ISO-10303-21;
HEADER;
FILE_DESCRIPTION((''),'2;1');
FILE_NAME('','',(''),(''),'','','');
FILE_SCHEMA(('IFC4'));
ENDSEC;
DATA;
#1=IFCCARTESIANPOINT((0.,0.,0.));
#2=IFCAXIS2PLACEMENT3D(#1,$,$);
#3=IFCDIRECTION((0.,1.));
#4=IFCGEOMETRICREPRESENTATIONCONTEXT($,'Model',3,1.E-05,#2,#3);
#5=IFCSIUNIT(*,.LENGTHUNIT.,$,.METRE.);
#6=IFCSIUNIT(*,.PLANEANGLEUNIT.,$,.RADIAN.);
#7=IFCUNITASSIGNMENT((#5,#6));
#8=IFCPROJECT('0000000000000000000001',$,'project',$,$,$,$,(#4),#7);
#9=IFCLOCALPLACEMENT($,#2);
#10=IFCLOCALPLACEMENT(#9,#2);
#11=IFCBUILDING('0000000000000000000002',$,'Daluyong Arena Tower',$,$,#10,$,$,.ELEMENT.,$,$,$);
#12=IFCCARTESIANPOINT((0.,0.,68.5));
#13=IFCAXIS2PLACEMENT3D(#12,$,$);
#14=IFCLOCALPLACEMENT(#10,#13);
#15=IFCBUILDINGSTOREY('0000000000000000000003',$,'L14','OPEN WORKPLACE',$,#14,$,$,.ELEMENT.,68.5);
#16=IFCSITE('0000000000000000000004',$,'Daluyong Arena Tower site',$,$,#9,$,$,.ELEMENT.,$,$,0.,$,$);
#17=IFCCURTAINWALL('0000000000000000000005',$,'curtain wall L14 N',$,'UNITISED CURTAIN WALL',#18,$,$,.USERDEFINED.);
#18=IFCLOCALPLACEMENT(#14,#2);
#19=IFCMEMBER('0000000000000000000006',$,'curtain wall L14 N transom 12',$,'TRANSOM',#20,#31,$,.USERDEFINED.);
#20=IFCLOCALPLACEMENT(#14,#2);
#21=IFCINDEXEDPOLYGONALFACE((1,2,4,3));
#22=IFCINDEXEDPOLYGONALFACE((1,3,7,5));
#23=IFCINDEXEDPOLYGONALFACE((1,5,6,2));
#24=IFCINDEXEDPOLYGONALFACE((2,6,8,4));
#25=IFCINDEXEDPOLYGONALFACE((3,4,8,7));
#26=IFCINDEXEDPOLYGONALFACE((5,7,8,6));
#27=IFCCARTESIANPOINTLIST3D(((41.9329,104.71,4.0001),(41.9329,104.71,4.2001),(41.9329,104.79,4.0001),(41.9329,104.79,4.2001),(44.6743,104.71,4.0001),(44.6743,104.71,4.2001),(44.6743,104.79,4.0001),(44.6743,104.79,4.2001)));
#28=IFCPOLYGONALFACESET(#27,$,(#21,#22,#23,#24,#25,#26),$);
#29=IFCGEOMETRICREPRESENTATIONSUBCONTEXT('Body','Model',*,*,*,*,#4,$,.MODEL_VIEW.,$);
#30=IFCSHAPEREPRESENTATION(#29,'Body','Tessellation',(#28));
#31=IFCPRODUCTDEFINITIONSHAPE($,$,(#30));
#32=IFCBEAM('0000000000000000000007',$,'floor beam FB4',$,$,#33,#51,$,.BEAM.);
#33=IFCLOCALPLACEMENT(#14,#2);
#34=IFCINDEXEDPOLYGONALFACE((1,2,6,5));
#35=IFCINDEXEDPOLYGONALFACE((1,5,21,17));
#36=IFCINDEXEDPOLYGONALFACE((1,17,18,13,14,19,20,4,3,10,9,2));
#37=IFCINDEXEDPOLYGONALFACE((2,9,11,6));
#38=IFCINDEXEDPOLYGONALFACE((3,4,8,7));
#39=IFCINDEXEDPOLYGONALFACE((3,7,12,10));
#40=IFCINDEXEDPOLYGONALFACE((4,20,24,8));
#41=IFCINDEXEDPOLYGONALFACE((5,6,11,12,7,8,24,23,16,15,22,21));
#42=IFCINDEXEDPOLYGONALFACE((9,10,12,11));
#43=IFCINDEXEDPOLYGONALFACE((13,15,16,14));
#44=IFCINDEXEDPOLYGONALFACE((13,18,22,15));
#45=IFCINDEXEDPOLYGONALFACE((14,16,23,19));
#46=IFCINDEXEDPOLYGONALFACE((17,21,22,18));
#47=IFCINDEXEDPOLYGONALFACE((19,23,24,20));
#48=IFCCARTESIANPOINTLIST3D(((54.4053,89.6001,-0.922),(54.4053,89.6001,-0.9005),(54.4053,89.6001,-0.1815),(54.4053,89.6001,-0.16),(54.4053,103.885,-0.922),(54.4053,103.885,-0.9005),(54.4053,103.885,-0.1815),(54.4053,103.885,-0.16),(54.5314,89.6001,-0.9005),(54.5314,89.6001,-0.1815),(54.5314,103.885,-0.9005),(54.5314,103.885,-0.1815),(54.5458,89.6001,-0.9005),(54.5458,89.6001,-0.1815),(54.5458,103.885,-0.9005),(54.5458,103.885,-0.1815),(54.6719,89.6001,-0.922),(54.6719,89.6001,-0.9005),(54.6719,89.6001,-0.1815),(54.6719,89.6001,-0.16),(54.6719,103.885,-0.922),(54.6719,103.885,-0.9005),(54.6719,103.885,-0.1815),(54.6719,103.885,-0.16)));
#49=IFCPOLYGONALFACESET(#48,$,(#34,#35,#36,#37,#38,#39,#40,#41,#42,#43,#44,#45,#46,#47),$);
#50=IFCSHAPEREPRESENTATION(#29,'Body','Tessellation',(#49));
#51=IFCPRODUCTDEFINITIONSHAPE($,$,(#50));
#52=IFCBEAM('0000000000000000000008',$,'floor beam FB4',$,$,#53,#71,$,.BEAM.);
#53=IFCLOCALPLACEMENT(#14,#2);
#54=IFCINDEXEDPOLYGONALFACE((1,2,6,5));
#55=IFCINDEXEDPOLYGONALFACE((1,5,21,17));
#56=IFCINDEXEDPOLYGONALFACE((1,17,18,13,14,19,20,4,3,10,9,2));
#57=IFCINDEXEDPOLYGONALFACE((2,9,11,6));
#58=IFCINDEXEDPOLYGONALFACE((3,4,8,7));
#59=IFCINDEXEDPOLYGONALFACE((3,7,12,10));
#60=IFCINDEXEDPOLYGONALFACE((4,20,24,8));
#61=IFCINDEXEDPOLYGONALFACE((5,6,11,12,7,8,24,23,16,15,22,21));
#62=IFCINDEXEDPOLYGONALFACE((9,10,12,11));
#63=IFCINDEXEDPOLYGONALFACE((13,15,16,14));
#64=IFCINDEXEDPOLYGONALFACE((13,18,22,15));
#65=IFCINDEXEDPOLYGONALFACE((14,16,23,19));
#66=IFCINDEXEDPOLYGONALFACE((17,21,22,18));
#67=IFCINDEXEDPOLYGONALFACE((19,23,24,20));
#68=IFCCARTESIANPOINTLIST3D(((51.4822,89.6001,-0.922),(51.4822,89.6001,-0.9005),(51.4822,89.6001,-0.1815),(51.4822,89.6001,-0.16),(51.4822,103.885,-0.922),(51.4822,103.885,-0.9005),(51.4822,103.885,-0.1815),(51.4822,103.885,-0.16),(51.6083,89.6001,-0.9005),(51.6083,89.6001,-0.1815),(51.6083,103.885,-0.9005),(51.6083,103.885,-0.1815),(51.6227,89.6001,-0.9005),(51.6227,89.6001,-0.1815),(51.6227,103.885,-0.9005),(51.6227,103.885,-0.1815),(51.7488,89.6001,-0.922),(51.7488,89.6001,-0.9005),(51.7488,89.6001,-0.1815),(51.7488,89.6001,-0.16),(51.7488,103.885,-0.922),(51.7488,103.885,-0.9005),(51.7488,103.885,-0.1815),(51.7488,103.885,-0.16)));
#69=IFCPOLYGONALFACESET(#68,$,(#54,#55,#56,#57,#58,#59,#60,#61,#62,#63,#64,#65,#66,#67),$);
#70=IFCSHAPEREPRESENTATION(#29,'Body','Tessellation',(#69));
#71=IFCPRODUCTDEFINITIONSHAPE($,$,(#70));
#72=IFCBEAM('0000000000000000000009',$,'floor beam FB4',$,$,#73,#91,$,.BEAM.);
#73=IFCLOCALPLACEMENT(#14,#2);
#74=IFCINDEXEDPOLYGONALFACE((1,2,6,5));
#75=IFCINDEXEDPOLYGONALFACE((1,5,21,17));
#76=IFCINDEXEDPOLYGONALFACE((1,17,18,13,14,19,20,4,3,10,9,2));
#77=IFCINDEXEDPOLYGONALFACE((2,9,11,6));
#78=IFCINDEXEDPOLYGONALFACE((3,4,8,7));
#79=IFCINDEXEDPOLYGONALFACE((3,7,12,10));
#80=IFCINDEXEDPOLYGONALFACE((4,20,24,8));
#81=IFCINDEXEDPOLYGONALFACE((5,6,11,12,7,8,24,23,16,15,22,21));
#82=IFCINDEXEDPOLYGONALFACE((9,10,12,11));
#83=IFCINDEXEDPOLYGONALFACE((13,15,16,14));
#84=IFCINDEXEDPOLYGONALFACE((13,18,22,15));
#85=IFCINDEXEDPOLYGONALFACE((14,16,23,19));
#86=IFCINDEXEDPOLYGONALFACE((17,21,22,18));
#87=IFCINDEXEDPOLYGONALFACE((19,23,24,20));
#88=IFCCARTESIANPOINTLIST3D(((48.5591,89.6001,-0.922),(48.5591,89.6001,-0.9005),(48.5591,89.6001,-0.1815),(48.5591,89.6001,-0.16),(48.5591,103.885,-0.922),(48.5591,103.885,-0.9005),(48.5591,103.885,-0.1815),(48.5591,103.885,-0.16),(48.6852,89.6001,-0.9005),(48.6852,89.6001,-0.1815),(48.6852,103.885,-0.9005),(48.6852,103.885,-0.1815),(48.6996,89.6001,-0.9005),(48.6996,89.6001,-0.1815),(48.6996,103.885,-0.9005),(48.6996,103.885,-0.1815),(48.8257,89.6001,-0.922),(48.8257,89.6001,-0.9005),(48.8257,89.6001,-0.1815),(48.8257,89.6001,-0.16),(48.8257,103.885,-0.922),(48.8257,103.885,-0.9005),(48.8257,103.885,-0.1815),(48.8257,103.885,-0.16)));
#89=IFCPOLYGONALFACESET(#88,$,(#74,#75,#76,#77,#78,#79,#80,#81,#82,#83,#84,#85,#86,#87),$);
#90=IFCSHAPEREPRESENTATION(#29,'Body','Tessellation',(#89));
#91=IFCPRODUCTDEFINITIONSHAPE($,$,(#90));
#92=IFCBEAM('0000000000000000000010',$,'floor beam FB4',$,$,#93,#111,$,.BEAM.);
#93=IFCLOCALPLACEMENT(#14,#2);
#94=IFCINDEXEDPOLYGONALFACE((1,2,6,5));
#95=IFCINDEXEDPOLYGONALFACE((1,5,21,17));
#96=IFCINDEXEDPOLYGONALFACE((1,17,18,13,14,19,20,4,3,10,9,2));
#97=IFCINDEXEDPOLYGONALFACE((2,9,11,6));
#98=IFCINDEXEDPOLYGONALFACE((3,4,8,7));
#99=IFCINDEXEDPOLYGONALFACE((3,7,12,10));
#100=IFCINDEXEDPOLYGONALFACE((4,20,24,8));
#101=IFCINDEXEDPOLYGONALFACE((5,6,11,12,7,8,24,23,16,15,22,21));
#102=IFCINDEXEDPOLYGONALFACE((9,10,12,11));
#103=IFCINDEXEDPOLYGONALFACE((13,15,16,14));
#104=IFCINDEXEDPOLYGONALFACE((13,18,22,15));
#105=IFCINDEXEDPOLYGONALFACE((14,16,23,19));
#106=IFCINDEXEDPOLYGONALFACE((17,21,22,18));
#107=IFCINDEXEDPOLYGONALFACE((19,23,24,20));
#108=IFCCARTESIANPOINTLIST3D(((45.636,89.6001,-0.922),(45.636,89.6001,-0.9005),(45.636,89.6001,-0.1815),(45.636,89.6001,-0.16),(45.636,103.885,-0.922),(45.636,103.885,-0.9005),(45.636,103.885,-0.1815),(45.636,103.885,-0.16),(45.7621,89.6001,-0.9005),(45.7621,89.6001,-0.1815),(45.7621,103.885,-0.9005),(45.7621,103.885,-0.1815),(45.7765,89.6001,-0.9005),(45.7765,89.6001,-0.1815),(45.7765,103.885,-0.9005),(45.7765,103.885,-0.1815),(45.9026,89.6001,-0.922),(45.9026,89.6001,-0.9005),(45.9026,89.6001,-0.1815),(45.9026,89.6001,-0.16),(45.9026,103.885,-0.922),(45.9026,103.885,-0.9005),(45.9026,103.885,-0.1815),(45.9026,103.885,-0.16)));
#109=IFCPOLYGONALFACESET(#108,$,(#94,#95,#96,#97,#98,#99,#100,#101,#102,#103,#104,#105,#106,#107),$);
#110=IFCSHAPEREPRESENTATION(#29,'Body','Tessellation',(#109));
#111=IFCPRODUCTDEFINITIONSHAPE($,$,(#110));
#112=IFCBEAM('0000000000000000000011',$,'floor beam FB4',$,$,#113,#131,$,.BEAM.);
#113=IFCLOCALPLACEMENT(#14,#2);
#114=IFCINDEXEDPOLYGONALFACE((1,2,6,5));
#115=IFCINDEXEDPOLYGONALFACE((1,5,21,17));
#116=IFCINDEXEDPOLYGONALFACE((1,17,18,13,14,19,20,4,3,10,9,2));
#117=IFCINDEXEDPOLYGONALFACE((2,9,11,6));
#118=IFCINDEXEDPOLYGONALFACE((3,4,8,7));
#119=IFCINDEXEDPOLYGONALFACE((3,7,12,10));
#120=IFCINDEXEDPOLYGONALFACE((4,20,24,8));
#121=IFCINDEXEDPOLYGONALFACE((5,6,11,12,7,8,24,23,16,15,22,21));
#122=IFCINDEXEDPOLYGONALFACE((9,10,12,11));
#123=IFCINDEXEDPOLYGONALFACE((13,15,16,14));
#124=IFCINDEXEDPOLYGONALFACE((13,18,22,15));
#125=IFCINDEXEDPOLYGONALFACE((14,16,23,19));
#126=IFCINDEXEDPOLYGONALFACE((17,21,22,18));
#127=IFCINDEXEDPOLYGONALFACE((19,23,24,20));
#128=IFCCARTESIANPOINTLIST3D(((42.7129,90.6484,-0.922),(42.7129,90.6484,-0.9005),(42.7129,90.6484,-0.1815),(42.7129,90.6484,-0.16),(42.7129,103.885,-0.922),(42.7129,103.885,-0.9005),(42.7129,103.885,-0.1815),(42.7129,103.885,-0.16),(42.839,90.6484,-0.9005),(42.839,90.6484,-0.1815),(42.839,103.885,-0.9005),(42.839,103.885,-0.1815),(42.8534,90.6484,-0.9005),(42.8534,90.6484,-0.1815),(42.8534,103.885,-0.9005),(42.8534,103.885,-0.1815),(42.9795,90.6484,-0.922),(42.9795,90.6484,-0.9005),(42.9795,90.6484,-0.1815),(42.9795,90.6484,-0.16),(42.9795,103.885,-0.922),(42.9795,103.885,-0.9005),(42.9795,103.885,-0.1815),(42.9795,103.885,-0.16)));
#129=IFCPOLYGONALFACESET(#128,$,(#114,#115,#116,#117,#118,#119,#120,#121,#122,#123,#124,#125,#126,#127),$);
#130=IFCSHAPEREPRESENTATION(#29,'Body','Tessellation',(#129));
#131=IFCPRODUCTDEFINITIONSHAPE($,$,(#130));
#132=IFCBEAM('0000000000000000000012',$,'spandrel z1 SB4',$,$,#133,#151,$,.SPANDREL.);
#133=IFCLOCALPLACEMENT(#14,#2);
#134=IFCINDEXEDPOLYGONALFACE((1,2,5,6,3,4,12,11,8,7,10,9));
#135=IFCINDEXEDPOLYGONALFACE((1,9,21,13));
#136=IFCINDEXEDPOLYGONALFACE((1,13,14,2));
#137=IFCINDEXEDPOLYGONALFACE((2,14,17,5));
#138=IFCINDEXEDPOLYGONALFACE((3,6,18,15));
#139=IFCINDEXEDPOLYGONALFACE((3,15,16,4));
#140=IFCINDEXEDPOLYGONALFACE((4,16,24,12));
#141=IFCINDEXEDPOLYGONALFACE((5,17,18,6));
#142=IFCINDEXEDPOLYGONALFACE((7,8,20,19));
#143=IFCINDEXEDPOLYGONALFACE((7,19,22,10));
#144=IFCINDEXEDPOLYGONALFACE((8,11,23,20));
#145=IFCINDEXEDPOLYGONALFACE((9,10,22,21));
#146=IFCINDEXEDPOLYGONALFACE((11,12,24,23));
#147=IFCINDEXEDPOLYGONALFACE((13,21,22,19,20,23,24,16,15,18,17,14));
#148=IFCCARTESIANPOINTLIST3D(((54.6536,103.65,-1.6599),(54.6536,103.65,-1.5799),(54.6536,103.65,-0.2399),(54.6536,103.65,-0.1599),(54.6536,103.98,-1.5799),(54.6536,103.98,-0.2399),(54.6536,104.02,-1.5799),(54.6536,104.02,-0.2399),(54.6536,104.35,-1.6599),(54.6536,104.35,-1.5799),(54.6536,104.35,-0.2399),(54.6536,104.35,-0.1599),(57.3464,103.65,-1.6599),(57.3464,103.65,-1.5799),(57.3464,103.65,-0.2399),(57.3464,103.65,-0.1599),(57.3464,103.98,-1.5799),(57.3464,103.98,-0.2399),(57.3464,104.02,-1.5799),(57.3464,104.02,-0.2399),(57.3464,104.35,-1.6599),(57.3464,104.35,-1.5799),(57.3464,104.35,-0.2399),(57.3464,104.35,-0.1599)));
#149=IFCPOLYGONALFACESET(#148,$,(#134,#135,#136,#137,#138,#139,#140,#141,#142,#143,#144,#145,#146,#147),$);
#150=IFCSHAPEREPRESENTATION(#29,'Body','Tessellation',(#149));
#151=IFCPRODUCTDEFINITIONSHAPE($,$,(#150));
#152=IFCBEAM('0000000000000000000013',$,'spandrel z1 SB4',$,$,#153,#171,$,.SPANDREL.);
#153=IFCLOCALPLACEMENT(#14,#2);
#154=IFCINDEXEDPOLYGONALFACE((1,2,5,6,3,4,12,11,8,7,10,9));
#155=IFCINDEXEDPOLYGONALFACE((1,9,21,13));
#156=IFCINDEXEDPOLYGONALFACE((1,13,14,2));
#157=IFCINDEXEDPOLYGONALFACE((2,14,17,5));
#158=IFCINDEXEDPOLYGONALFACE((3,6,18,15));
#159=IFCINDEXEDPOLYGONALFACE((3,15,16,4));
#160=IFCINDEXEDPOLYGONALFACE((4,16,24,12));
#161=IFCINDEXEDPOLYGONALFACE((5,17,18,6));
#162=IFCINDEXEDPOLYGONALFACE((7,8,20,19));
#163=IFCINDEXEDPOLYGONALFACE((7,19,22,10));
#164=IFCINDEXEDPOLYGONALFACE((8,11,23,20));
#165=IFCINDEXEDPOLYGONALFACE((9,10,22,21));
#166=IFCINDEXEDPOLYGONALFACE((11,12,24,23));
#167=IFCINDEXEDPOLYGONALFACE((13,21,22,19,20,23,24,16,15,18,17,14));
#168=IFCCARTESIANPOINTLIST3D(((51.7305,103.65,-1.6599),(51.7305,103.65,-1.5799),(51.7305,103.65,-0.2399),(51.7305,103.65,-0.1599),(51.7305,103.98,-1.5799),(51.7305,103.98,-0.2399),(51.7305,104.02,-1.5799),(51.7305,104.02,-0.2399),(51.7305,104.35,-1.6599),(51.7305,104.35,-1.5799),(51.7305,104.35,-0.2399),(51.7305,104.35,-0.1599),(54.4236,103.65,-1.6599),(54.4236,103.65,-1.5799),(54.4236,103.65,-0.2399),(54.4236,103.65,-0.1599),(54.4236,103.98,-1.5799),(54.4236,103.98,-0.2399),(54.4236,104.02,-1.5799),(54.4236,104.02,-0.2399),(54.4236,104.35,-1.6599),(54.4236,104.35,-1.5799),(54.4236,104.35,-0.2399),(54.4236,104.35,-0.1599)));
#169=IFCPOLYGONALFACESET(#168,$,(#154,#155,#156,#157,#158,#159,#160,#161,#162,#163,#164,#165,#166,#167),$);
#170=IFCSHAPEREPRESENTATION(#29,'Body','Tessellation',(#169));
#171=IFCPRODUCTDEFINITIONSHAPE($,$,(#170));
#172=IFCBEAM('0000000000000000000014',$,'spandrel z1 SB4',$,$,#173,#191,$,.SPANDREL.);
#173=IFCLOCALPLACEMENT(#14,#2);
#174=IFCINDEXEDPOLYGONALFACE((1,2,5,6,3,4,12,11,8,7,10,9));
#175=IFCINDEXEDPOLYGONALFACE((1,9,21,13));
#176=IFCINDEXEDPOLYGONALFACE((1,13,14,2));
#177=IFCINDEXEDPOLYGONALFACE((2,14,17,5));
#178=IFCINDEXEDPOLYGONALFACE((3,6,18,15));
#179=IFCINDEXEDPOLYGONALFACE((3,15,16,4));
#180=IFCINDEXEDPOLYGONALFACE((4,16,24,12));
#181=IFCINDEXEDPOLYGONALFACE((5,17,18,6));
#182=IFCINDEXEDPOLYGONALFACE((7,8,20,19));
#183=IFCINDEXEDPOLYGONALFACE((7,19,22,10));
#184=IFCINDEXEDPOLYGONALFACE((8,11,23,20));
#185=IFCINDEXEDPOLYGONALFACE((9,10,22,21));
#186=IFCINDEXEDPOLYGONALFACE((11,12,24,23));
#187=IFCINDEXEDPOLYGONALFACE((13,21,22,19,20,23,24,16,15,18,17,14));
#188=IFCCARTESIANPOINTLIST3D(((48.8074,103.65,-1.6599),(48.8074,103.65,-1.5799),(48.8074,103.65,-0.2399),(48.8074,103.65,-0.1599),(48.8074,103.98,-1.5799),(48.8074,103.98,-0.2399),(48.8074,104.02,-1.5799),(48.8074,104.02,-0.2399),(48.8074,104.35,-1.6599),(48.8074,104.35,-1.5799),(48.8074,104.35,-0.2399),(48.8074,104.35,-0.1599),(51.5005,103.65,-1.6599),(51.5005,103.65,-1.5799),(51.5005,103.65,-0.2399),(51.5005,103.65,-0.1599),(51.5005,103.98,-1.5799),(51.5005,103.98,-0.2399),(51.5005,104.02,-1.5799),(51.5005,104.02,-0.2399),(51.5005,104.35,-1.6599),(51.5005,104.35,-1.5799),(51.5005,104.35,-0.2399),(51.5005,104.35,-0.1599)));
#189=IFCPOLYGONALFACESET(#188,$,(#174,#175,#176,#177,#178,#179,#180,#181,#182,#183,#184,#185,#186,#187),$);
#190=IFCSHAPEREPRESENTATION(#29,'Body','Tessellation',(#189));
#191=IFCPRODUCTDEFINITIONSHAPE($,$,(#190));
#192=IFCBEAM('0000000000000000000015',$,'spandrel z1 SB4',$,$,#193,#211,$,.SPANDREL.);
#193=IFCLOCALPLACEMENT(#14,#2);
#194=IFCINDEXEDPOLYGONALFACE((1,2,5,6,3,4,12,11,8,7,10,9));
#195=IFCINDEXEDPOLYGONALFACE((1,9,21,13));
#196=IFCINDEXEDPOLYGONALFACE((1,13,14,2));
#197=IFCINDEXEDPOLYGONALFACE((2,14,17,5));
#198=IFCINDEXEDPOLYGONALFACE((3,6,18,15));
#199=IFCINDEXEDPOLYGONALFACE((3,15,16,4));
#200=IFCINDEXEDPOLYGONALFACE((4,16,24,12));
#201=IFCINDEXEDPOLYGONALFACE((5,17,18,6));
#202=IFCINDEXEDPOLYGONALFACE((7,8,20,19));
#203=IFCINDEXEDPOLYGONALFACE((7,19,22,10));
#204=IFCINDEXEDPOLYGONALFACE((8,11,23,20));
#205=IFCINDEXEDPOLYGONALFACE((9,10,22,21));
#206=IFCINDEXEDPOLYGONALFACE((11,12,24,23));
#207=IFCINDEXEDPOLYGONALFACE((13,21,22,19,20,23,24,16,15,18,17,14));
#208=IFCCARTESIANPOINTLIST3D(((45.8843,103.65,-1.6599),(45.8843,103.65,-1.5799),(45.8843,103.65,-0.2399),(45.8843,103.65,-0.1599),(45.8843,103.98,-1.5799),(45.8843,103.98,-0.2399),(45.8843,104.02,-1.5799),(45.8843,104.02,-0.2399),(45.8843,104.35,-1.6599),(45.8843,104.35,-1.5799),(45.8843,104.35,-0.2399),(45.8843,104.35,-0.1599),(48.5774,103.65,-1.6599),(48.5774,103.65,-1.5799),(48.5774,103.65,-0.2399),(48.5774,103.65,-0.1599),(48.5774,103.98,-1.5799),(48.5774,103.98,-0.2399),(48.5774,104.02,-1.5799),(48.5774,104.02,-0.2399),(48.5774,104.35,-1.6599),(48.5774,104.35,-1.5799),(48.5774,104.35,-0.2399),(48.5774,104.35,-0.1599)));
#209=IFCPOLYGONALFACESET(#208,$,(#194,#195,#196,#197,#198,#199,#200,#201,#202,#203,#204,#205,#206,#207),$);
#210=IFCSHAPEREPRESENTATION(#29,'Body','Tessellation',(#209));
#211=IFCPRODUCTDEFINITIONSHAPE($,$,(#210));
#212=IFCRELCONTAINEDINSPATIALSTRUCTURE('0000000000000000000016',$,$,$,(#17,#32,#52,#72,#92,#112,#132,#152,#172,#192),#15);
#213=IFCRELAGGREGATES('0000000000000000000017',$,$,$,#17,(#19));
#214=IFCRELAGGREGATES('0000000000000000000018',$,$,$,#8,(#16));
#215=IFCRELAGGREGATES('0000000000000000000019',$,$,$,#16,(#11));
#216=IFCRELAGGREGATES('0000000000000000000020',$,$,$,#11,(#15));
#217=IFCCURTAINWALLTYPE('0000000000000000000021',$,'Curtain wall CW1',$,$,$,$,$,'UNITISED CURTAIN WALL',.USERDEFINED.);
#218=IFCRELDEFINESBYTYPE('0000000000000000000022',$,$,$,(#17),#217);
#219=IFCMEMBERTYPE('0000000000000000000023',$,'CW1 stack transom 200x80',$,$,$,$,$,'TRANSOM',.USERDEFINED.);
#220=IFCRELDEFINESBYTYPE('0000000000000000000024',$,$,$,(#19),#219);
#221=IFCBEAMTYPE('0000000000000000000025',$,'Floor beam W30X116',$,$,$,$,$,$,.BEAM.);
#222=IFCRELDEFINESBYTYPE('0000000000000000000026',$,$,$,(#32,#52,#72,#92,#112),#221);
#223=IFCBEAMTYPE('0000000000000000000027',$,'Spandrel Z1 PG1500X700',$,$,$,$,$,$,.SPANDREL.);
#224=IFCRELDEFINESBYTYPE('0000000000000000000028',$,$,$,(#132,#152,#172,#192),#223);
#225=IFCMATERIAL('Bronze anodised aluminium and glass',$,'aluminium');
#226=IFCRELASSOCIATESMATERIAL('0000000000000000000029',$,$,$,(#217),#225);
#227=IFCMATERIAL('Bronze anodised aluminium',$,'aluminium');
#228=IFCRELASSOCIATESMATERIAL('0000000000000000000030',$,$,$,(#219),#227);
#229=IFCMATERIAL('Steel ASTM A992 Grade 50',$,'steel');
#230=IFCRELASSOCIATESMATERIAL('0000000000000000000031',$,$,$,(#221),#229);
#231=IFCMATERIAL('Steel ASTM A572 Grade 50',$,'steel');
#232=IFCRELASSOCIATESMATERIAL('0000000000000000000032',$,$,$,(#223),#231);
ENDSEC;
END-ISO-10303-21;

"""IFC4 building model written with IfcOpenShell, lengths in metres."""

from ifc_helpers import new_model, si_unit, direction, frame, origin, origin_2d, place, context, subcontext, project, spatial, rectangle, i_section, extrude, material, material_profile, profile_set, type_object, element, aggregate, save


model = new_model("IFC4")

# Units and contexts
model_context = context("Model", 3, precision=1e-05, world=origin(), true_north=direction((0.0, 1.0)))
body_context = subcontext(model_context, "Body", "Model", "MODEL_VIEW")
ifc_project = project(units=[si_unit("LENGTHUNIT", "METRE"), si_unit("PLANEANGLEUNIT", "RADIAN")], contexts=[model_context])

# Site, building, storey
site_placement = place(None, origin())
site = spatial("IfcSite", under=ifc_project, at=site_placement, Name="Daluyong Arena Tower site", CompositionType="ELEMENT", RefElevation=0.0)
building_placement = place(site_placement, origin())
building = spatial("IfcBuilding", under=site, at=building_placement, Name="Daluyong Arena Tower", CompositionType="ELEMENT")
storey_placement = place(building_placement, frame((0.0, 0.0, 68.5)))
storey = spatial("IfcBuildingStorey", under=building, at=storey_placement, Name="L14", Description="OPEN WORKPLACE", CompositionType="ELEMENT", Elevation=68.5)

# Curtain wall, member
ifc_material_1 = material(Name="Bronze anodised aluminium and glass", Category="aluminium")
curtain_wall_type = type_object("IfcCurtainWallType", Name="Curtain wall CW1", ElementType="UNITISED CURTAIN WALL", PredefinedType="USERDEFINED", material=ifc_material_1)
curtain_wall_placement = place(storey_placement, origin())
curtain_wall = element("IfcCurtainWall", 1, at=curtain_wall_placement, inside=storey, type_object=curtain_wall_type, Name="curtain wall L14 N", ObjectType="UNITISED CURTAIN WALL", PredefinedType="USERDEFINED")
ifc_material_2 = material(Name="Bronze anodised aluminium", Category="aluminium")
ifc_material_profile_1 = material_profile(ifc_material_2, rectangle(XDim=0.0801, YDim=0.2, at=origin_2d()))
ifc_profile_set_1 = profile_set([ifc_material_profile_1], Name="Bronze anodised aluminium")
member_type_1 = type_object("IfcMemberType", Name="CW1 stack transom 200x80", ElementType="TRANSOM", PredefinedType="USERDEFINED", material=ifc_profile_set_1)
member_1_placement = place(storey_placement, frame((44.6743, 104.75, 4.1001), z_axis=(-1.0, 0.0, 0.0), x_axis=(0.0, -1.0, 0.0)))
member_1 = element("IfcMember", 2, at=member_1_placement, type_object=member_type_1, Name="curtain wall L14 N transom 12", ObjectType="TRANSOM", PredefinedType="USERDEFINED", context=body_context, shape_type="SweptSolid", body=[
    extrude(rectangle(XDim=0.0801, YDim=0.2, at=origin_2d()), origin(), (0.0, 0.0, 1.0), 2.7415),
])

# Beams
ifc_material_3 = material(Name="Steel ASTM A992 Grade 50", Category="steel")
ifc_material_profile_2 = material_profile(ifc_material_3, i_section(OverallWidth=0.2666, OverallDepth=0.762, WebThickness=0.0144, FlangeThickness=0.0215, at=origin_2d()))
ifc_profile_set_2 = profile_set([ifc_material_profile_2], Name="Steel ASTM A992 Grade 50")
beam_type_1 = type_object("IfcBeamType", Name="Floor beam W30X116", PredefinedType="BEAM", material=ifc_profile_set_2)
for number, where, z_axis, x_axis, name in (
    (3, (54.5386, 103.885, -0.541), (0.0, -1.0, 0.0), (1.0, 0.0, 0.0), "floor beam FB4"),
    (4, (51.6155, 103.885, -0.541), (0.0, -1.0, 0.0), (1.0, 0.0, 0.0), "floor beam FB4"),
    (5, (48.6924, 103.885, -0.541), (0.0, -1.0, 0.0), (1.0, 0.0, 0.0), "floor beam FB4"),
    (6, (45.7693, 103.885, -0.541), (0.0, -1.0, 0.0), (1.0, 0.0, 0.0), "floor beam FB4"),
):
    element("IfcBeam", number, at=place(storey_placement, frame(where, z_axis=z_axis, x_axis=x_axis)), inside=storey, type_object=beam_type_1, Name=name, PredefinedType="BEAM", context=body_context, shape_type="SweptSolid", body=[
        extrude(i_section(OverallWidth=0.2666, OverallDepth=0.762, WebThickness=0.0144, FlangeThickness=0.0215, at=origin_2d()), origin(), (0.0, 0.0, 1.0), 14.2849),
    ])
beam_1_placement = place(storey_placement, frame((42.8462, 103.885, -0.541), z_axis=(0.0, -1.0, 0.0), x_axis=(1.0, 0.0, 0.0)))
element("IfcBeam", 7, at=beam_1_placement, inside=storey, type_object=beam_type_1, Name="floor beam FB4", PredefinedType="BEAM", context=body_context, shape_type="SweptSolid", body=[
    extrude(i_section(OverallWidth=0.2666, OverallDepth=0.762, WebThickness=0.0144, FlangeThickness=0.0215, at=origin_2d()), origin(), (0.0, 0.0, 1.0), 13.2366),
])
ifc_material_4 = material(Name="Steel ASTM A572 Grade 50", Category="steel")
ifc_material_profile_3 = material_profile(ifc_material_4, i_section(OverallWidth=0.7, OverallDepth=1.5, WebThickness=0.04, FlangeThickness=0.08, at=origin_2d()))
ifc_profile_set_3 = profile_set([ifc_material_profile_3], Name="Steel ASTM A572 Grade 50")
beam_type_2 = type_object("IfcBeamType", Name="Spandrel Z1 PG1500X700", PredefinedType="SPANDREL", material=ifc_profile_set_3)
beam_2_placement = place(storey_placement, frame((57.3464, 104.0, -0.9099), z_axis=(-1.0, 0.0, 0.0), x_axis=(0.0, -1.0, 0.0)))
element("IfcBeam", 8, at=beam_2_placement, inside=storey, type_object=beam_type_2, Name="spandrel z1 SB4", PredefinedType="SPANDREL", context=body_context, shape_type="SweptSolid", body=[
    extrude(i_section(OverallWidth=0.7, OverallDepth=1.5, WebThickness=0.04, FlangeThickness=0.08, at=origin_2d()), origin(), (0.0, 0.0, 1.0), 2.6929),
])
for number, where, z_axis, x_axis, name in (
    (9, (54.4236, 104.0, -0.9099), (-1.0, 0.0, 0.0), (0.0, -1.0, 0.0), "spandrel z1 SB4"),
    (10, (51.5005, 104.0, -0.9099), (-1.0, 0.0, 0.0), (0.0, -1.0, 0.0), "spandrel z1 SB4"),
    (11, (48.5774, 104.0, -0.9099), (-1.0, 0.0, 0.0), (0.0, -1.0, 0.0), "spandrel z1 SB4"),
):
    element("IfcBeam", number, at=place(storey_placement, frame(where, z_axis=z_axis, x_axis=x_axis)), inside=storey, type_object=beam_type_2, Name=name, PredefinedType="SPANDREL", context=body_context, shape_type="SweptSolid", body=[
        extrude(i_section(OverallWidth=0.7, OverallDepth=1.5, WebThickness=0.04, FlangeThickness=0.08, at=origin_2d()), origin(), (0.0, 0.0, 1.0), 2.6931),
    ])

aggregate(curtain_wall, [member_1])

save(model, "model.ifc")
